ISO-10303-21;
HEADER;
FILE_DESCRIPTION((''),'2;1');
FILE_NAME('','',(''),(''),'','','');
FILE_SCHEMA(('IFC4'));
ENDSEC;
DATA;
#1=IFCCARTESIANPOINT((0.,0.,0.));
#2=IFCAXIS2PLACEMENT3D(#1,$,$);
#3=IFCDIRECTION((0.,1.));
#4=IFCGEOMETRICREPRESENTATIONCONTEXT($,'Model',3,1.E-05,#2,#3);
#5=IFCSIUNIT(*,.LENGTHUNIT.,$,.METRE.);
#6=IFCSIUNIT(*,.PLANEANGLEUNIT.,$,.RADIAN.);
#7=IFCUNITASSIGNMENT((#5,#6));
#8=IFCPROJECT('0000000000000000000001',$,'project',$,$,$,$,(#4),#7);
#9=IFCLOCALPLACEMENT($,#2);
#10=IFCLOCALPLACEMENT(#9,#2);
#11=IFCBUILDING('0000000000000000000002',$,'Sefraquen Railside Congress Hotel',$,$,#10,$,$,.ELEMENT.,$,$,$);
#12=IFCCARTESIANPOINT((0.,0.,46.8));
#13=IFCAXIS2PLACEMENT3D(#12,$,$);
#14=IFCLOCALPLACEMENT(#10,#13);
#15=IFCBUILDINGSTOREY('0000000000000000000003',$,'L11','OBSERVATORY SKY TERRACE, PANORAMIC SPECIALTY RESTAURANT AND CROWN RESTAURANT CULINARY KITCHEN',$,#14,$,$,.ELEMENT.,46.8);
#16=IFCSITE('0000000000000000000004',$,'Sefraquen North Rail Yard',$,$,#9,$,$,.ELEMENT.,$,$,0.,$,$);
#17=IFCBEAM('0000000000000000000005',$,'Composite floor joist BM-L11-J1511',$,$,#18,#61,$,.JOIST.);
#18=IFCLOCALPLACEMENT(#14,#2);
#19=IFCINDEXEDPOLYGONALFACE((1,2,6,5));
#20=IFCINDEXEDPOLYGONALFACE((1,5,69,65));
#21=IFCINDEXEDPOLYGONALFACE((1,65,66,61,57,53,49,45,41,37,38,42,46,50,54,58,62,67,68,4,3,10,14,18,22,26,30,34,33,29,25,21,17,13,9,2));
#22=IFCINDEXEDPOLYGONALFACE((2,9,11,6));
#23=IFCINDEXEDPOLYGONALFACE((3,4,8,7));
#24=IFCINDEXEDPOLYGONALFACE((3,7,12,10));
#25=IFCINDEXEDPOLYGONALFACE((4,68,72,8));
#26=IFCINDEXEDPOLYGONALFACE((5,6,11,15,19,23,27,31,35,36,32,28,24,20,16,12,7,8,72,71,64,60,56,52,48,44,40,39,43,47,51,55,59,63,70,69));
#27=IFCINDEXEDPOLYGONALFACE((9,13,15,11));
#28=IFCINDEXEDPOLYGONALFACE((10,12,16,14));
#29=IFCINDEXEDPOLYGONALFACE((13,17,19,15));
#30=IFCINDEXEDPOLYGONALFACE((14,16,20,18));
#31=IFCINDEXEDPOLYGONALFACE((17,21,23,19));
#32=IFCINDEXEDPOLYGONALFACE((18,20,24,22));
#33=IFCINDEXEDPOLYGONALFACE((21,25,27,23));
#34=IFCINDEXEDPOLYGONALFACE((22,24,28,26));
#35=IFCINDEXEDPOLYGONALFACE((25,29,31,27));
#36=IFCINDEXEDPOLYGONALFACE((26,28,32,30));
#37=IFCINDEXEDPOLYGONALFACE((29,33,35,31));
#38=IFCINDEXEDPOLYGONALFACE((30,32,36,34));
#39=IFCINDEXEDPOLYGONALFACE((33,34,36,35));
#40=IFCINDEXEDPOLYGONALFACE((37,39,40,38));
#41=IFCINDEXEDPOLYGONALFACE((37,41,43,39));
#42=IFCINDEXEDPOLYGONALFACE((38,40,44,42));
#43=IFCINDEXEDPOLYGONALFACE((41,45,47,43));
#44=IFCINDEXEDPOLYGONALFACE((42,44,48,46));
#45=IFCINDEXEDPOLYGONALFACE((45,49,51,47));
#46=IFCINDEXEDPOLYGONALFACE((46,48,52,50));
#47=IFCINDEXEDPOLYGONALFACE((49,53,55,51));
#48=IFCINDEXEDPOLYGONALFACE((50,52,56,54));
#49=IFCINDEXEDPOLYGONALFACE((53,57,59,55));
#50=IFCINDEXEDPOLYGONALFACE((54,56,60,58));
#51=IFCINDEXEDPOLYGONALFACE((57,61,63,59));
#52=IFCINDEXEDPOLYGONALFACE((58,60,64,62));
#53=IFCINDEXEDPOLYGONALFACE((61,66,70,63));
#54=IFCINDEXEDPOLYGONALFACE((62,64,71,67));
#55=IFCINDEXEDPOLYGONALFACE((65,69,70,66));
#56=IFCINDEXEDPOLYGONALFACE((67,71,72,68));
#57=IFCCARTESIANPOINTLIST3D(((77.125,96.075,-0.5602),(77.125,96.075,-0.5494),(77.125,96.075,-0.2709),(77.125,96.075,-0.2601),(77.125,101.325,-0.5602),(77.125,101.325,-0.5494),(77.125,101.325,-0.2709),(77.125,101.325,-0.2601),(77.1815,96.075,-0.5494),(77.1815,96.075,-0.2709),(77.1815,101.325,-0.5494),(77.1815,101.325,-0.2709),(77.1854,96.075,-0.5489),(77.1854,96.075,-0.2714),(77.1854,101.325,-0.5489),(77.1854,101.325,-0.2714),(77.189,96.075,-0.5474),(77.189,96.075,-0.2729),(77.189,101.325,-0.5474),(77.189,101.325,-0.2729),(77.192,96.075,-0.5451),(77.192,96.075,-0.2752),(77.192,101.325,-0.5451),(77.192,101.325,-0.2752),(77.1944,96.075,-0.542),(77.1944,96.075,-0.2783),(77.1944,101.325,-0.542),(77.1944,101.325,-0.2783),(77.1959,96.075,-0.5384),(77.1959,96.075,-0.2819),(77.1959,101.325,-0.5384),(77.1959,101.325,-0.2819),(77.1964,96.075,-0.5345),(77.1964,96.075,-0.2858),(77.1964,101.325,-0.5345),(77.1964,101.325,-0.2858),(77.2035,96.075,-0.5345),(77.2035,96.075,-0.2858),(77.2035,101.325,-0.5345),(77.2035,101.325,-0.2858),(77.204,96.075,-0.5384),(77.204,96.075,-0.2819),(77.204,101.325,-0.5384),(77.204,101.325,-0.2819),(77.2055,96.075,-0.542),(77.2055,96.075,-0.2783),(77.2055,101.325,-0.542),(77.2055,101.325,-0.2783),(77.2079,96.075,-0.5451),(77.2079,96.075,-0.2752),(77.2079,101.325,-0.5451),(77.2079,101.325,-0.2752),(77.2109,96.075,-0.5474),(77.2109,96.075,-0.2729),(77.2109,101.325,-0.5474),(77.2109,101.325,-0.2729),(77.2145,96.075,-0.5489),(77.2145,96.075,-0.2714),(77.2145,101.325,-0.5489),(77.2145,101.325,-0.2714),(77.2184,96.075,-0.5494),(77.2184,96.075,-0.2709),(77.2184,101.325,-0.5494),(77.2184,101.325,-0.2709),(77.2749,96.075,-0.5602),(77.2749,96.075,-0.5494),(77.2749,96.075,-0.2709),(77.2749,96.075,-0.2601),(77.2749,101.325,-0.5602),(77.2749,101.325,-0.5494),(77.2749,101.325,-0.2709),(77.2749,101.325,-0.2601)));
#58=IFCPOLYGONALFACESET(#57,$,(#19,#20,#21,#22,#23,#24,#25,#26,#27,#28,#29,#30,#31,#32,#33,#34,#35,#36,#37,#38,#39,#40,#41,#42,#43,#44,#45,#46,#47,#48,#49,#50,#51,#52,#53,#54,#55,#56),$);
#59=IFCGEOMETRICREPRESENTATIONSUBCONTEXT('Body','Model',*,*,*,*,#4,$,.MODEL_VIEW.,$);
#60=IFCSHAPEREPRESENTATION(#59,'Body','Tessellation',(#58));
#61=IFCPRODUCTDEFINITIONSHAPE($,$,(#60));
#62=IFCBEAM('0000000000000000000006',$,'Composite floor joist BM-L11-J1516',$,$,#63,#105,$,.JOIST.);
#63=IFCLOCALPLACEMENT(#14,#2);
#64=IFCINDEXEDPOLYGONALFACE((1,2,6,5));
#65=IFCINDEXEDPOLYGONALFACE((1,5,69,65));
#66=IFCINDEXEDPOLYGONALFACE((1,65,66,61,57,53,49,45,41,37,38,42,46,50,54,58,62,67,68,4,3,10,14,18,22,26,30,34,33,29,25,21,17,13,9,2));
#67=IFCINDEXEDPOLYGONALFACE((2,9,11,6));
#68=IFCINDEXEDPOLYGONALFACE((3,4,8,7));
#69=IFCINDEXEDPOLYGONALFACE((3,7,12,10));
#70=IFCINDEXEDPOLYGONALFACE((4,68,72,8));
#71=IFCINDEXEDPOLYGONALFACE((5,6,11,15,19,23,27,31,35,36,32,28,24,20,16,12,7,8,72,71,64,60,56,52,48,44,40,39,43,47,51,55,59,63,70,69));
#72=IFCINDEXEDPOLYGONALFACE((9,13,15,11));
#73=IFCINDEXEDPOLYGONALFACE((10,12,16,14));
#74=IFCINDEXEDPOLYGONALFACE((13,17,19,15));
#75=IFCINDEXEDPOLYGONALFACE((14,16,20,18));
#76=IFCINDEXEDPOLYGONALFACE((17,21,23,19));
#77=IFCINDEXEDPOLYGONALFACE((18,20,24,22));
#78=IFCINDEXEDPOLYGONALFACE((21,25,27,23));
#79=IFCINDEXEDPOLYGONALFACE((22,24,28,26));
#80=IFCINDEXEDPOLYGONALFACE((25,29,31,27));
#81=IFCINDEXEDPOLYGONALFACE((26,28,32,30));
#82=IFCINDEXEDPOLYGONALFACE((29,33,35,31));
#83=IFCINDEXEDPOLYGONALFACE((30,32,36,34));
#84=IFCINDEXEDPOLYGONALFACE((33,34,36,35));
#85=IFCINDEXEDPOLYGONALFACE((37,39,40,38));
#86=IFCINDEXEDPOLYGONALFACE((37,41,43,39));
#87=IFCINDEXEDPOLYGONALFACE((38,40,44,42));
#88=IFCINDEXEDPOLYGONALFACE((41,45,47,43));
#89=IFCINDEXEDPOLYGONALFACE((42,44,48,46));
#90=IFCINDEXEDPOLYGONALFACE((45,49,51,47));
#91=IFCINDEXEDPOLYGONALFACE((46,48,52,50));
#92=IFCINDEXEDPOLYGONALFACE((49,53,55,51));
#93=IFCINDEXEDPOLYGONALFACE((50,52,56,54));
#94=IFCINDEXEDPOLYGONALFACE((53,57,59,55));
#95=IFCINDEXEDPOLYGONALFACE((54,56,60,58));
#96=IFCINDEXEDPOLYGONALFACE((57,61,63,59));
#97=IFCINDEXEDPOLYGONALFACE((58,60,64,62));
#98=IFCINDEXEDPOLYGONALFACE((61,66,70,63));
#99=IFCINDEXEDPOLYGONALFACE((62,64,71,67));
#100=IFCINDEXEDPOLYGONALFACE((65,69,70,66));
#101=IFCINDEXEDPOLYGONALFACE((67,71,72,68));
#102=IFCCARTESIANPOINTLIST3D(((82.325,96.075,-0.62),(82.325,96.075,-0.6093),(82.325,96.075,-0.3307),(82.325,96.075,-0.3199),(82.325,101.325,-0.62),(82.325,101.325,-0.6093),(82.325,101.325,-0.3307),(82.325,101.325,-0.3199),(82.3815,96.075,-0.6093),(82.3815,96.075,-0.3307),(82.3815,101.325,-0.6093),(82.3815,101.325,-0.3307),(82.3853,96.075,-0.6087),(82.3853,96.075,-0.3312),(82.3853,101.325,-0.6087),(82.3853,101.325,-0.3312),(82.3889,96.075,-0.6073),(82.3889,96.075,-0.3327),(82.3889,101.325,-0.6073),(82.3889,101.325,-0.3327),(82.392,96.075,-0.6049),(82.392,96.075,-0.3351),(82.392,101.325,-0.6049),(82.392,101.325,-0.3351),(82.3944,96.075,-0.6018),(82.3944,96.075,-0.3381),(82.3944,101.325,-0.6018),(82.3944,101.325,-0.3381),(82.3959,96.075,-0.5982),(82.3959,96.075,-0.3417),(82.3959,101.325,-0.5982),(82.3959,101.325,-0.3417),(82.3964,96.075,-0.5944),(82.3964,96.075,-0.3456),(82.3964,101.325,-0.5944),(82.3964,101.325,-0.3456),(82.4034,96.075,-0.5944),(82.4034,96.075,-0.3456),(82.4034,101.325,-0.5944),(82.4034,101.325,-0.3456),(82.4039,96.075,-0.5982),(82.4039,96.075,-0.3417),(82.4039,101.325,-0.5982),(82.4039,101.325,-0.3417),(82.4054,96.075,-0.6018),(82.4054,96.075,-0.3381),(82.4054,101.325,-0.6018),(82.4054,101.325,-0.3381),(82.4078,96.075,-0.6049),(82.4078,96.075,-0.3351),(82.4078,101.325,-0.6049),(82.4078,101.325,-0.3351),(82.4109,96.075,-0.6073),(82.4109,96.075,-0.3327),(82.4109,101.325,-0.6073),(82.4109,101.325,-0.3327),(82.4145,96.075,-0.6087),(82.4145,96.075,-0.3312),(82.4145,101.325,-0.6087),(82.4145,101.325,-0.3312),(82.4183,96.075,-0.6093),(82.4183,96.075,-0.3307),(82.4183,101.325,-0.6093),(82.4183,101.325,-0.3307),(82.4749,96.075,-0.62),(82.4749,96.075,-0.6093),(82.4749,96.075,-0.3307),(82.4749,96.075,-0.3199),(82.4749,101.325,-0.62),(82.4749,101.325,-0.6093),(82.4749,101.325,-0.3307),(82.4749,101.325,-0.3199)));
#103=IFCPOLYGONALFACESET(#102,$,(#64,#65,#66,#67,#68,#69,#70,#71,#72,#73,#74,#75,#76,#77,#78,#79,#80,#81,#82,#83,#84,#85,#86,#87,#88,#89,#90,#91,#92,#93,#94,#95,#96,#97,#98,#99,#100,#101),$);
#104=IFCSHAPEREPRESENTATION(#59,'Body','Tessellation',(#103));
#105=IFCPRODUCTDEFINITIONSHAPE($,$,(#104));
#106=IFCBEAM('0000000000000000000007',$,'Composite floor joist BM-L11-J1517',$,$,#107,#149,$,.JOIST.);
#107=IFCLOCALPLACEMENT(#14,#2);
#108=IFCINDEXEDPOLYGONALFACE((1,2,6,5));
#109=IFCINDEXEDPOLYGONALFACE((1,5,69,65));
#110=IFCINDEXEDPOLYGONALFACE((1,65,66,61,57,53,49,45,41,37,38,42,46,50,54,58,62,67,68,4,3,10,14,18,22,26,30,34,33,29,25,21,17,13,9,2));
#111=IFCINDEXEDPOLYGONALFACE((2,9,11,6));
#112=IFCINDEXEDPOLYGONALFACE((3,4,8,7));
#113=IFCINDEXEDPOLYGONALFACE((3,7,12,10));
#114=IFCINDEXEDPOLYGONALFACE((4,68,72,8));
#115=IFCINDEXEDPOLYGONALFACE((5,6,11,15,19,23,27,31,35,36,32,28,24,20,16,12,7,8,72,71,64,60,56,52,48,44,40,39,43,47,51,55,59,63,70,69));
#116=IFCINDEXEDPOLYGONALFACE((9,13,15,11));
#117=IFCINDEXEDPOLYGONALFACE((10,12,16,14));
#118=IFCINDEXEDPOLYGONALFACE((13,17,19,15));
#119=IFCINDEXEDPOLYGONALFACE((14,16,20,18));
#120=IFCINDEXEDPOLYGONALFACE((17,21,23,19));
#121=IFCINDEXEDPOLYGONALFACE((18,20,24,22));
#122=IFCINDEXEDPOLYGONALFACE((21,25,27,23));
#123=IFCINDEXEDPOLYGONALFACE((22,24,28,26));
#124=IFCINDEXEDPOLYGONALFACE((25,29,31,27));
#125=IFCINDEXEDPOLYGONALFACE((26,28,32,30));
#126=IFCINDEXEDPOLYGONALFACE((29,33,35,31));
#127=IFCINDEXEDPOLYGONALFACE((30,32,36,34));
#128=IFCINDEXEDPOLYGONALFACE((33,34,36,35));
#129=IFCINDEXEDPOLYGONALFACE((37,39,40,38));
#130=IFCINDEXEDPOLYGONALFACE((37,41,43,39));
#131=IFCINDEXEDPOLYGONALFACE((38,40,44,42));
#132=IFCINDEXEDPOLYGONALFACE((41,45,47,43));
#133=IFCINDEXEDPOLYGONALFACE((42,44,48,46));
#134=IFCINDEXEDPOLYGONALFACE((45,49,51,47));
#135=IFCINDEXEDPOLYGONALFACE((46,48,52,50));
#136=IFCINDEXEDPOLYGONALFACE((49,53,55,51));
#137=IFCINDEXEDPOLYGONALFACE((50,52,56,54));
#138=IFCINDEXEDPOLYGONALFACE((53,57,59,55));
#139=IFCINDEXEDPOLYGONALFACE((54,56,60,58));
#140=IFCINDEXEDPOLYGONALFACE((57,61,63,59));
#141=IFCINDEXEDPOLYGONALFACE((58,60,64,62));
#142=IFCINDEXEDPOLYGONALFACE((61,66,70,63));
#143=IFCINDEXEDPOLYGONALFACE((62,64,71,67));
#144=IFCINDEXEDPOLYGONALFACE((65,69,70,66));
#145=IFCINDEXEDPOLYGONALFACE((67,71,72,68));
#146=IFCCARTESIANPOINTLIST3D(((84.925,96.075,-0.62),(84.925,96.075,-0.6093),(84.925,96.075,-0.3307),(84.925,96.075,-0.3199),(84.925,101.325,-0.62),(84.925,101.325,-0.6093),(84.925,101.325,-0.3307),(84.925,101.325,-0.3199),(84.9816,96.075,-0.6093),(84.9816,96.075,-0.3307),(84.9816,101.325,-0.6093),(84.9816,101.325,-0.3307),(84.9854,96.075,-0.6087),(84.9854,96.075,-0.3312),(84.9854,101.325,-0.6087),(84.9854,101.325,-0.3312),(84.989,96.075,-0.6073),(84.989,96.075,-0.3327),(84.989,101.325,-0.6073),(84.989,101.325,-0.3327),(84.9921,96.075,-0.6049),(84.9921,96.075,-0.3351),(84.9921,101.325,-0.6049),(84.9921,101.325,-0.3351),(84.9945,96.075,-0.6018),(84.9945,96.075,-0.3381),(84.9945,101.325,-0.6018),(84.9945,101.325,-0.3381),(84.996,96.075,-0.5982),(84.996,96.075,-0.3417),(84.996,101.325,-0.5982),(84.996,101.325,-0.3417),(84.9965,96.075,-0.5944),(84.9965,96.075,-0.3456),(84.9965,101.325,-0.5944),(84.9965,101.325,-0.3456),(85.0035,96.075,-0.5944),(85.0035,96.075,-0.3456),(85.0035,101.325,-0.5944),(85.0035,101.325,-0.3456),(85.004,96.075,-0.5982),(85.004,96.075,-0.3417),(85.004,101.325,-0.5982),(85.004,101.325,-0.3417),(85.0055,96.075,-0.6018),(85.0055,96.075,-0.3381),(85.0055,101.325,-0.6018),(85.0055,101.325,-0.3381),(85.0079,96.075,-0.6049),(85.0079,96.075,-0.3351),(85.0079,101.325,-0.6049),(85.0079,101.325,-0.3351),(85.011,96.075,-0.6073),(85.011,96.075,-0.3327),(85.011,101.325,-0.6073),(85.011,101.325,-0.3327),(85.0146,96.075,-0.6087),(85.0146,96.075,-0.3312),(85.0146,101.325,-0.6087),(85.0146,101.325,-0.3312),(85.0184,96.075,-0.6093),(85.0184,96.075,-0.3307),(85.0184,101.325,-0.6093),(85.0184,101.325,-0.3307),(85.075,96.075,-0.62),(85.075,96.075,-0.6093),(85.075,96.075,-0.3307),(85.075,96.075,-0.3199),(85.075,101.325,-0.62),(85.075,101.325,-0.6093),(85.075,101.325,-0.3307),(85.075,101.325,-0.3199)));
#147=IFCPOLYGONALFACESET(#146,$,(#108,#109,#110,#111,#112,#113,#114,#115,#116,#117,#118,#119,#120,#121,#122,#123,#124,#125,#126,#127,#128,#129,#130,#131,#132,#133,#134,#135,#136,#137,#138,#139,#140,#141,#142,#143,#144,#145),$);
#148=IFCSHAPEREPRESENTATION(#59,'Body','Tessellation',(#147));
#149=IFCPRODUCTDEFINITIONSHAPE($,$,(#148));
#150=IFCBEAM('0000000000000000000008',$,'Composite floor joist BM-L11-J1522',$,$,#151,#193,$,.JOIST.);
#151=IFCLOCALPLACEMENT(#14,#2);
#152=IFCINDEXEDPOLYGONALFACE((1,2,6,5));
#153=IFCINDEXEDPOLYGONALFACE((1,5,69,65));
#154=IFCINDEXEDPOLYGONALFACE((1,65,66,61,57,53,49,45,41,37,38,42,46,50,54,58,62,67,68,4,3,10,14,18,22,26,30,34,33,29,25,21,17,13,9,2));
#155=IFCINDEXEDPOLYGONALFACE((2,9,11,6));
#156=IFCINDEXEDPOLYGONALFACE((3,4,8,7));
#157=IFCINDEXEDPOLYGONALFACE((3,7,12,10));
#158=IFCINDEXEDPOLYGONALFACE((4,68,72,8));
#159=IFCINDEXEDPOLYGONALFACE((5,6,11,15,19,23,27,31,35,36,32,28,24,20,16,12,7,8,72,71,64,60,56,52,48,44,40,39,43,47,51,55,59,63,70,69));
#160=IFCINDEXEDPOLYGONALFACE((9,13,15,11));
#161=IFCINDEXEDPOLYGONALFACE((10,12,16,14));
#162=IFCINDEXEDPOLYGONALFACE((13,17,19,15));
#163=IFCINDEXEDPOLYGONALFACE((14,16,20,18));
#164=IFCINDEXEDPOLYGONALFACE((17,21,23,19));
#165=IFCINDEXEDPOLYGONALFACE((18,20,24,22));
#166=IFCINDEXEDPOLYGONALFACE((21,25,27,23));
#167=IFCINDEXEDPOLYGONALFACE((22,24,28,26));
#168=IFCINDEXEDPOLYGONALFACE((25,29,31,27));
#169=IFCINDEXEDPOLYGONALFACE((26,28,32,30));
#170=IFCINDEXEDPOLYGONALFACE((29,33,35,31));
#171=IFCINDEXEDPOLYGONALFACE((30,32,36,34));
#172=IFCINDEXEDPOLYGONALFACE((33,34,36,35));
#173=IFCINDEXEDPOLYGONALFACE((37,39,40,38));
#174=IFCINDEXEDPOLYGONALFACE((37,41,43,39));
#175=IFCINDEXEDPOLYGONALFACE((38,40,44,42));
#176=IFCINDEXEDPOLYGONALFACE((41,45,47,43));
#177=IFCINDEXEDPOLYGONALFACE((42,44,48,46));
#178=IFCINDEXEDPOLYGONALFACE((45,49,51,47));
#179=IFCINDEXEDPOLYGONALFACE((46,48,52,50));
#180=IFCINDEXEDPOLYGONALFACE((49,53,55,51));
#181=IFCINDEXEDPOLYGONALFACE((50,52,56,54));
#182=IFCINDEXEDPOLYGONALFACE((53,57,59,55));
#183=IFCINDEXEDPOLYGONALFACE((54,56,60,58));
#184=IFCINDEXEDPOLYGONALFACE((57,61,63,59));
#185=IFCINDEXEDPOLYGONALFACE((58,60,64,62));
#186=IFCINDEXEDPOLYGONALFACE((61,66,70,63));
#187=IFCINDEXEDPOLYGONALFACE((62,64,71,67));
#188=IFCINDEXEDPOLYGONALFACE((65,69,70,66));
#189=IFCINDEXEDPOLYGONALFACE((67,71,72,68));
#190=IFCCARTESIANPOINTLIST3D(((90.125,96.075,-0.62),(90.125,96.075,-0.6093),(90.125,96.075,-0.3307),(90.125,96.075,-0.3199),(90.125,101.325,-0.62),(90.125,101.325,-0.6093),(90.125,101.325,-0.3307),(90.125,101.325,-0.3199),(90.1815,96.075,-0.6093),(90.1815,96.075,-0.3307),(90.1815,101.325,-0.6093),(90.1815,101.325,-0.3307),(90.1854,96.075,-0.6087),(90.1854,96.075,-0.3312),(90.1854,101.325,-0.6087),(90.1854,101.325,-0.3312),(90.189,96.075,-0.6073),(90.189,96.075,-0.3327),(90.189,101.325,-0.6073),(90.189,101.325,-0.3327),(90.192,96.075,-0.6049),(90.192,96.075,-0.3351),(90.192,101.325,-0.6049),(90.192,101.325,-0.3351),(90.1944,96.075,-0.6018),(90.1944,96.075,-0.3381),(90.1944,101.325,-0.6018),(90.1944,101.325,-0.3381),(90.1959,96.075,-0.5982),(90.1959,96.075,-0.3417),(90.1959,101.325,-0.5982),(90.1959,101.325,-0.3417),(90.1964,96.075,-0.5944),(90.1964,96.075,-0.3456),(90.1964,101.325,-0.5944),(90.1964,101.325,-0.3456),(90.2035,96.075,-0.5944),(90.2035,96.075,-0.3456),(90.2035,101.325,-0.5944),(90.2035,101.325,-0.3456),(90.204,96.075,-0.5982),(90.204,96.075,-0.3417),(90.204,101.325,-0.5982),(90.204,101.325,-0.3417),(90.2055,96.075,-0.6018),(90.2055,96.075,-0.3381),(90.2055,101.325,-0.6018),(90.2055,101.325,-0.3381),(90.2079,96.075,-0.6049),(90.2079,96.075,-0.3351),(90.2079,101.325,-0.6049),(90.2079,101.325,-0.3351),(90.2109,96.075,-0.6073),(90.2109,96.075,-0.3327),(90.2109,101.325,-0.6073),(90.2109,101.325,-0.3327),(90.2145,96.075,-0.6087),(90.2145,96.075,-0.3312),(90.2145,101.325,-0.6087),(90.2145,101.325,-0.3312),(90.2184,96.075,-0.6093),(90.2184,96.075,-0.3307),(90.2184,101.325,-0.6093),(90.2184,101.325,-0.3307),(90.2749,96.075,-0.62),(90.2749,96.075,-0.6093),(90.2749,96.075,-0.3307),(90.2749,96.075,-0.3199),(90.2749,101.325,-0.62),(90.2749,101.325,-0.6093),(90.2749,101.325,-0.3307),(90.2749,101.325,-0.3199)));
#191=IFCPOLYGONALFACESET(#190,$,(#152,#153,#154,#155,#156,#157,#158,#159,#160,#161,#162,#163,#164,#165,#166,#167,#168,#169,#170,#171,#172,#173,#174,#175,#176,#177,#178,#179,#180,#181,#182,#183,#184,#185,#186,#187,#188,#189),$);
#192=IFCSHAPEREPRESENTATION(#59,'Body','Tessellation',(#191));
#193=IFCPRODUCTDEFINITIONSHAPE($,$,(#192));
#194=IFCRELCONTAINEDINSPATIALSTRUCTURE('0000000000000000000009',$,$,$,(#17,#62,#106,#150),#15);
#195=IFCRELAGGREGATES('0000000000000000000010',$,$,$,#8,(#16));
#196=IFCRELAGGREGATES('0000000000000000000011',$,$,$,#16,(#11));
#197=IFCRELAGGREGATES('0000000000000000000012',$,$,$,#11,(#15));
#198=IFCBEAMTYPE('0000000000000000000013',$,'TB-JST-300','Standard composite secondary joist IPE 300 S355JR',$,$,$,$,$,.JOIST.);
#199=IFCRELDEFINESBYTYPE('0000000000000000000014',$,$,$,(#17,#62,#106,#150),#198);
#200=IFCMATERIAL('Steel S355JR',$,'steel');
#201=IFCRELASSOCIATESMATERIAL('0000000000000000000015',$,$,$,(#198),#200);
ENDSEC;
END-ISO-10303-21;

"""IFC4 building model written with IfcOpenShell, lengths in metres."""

from ifc_helpers import new_model, si_unit, direction, frame, origin, origin_2d, place, context, subcontext, project, spatial, i_section, extrude, material, material_profile, profile_set, type_object, element, save


model = new_model("IFC4")

# Units and contexts
model_context = context("Model", 3, precision=1e-05, world=origin(), true_north=direction((0.0, 1.0)))
body_context = subcontext(model_context, "Body", "Model", "MODEL_VIEW")
ifc_project = project(units=[si_unit("LENGTHUNIT", "METRE"), si_unit("PLANEANGLEUNIT", "RADIAN")], contexts=[model_context])

# Site, building, storey
site_placement = place(None, origin())
site = spatial("IfcSite", under=ifc_project, at=site_placement, Name="Sefraquen North Rail Yard", CompositionType="ELEMENT", RefElevation=0.0)
building_placement = place(site_placement, origin())
building = spatial("IfcBuilding", under=site, at=building_placement, Name="Sefraquen Railside Congress Hotel", CompositionType="ELEMENT")
storey_placement = place(building_placement, frame((0.0, 0.0, 46.8)))
storey = spatial("IfcBuildingStorey", under=building, at=storey_placement, Name="L11", Description="OBSERVATORY SKY TERRACE, PANORAMIC SPECIALTY RESTAURANT AND CROWN RESTAURANT CULINARY KITCHEN", CompositionType="ELEMENT", Elevation=46.8)

# Shared definitions
ifc_material_1 = material(Name="Steel S355JR", Category="steel")

# Beams
ifc_material_profile_1 = material_profile(ifc_material_1, i_section(OverallWidth=0.1499, OverallDepth=0.3, WebThickness=0.0071, FlangeThickness=0.0107, FilletRadius=0.0149, at=origin_2d()), Name="IPE 300")
ifc_profile_set_1 = profile_set([ifc_material_profile_1], Name="Steel S355JR")
beam_type_1 = type_object("IfcBeamType", Name="TB-JST-300", Description="Standard composite secondary joist IPE 300 S355JR", PredefinedType="JOIST", material=ifc_profile_set_1)
for number, where, z_axis, x_axis, name in (
    (1, (77.2, 96.075, -0.4102), (0.0, 1.0, 0.0), (-1.0, 0.0, 0.0), "Composite floor joist BM-L11-J1511"),
    (2, (82.3999, 96.075, -0.47), (0.0, 1.0, 0.0), (-1.0, 0.0, 0.0), "Composite floor joist BM-L11-J1516"),
    (3, (85.0, 96.075, -0.47), (0.0, 1.0, 0.0), (-1.0, 0.0, 0.0), "Composite floor joist BM-L11-J1517"),
    (4, (90.2, 96.075, -0.47), (0.0, 1.0, 0.0), (-1.0, 0.0, 0.0), "Composite floor joist BM-L11-J1522"),
):
    element("IfcBeam", number, at=place(storey_placement, frame(where, z_axis=z_axis, x_axis=x_axis)), inside=storey, type_object=beam_type_1, Name=name, PredefinedType="JOIST", context=body_context, shape_type="SweptSolid", body=[
        extrude(i_section(OverallWidth=0.1499, OverallDepth=0.3, WebThickness=0.0071, FlangeThickness=0.0107, FilletRadius=0.0149, at=origin_2d()), origin(), (0.0, 0.0, 1.0), 5.25),
    ])

save(model, "model.ifc")
